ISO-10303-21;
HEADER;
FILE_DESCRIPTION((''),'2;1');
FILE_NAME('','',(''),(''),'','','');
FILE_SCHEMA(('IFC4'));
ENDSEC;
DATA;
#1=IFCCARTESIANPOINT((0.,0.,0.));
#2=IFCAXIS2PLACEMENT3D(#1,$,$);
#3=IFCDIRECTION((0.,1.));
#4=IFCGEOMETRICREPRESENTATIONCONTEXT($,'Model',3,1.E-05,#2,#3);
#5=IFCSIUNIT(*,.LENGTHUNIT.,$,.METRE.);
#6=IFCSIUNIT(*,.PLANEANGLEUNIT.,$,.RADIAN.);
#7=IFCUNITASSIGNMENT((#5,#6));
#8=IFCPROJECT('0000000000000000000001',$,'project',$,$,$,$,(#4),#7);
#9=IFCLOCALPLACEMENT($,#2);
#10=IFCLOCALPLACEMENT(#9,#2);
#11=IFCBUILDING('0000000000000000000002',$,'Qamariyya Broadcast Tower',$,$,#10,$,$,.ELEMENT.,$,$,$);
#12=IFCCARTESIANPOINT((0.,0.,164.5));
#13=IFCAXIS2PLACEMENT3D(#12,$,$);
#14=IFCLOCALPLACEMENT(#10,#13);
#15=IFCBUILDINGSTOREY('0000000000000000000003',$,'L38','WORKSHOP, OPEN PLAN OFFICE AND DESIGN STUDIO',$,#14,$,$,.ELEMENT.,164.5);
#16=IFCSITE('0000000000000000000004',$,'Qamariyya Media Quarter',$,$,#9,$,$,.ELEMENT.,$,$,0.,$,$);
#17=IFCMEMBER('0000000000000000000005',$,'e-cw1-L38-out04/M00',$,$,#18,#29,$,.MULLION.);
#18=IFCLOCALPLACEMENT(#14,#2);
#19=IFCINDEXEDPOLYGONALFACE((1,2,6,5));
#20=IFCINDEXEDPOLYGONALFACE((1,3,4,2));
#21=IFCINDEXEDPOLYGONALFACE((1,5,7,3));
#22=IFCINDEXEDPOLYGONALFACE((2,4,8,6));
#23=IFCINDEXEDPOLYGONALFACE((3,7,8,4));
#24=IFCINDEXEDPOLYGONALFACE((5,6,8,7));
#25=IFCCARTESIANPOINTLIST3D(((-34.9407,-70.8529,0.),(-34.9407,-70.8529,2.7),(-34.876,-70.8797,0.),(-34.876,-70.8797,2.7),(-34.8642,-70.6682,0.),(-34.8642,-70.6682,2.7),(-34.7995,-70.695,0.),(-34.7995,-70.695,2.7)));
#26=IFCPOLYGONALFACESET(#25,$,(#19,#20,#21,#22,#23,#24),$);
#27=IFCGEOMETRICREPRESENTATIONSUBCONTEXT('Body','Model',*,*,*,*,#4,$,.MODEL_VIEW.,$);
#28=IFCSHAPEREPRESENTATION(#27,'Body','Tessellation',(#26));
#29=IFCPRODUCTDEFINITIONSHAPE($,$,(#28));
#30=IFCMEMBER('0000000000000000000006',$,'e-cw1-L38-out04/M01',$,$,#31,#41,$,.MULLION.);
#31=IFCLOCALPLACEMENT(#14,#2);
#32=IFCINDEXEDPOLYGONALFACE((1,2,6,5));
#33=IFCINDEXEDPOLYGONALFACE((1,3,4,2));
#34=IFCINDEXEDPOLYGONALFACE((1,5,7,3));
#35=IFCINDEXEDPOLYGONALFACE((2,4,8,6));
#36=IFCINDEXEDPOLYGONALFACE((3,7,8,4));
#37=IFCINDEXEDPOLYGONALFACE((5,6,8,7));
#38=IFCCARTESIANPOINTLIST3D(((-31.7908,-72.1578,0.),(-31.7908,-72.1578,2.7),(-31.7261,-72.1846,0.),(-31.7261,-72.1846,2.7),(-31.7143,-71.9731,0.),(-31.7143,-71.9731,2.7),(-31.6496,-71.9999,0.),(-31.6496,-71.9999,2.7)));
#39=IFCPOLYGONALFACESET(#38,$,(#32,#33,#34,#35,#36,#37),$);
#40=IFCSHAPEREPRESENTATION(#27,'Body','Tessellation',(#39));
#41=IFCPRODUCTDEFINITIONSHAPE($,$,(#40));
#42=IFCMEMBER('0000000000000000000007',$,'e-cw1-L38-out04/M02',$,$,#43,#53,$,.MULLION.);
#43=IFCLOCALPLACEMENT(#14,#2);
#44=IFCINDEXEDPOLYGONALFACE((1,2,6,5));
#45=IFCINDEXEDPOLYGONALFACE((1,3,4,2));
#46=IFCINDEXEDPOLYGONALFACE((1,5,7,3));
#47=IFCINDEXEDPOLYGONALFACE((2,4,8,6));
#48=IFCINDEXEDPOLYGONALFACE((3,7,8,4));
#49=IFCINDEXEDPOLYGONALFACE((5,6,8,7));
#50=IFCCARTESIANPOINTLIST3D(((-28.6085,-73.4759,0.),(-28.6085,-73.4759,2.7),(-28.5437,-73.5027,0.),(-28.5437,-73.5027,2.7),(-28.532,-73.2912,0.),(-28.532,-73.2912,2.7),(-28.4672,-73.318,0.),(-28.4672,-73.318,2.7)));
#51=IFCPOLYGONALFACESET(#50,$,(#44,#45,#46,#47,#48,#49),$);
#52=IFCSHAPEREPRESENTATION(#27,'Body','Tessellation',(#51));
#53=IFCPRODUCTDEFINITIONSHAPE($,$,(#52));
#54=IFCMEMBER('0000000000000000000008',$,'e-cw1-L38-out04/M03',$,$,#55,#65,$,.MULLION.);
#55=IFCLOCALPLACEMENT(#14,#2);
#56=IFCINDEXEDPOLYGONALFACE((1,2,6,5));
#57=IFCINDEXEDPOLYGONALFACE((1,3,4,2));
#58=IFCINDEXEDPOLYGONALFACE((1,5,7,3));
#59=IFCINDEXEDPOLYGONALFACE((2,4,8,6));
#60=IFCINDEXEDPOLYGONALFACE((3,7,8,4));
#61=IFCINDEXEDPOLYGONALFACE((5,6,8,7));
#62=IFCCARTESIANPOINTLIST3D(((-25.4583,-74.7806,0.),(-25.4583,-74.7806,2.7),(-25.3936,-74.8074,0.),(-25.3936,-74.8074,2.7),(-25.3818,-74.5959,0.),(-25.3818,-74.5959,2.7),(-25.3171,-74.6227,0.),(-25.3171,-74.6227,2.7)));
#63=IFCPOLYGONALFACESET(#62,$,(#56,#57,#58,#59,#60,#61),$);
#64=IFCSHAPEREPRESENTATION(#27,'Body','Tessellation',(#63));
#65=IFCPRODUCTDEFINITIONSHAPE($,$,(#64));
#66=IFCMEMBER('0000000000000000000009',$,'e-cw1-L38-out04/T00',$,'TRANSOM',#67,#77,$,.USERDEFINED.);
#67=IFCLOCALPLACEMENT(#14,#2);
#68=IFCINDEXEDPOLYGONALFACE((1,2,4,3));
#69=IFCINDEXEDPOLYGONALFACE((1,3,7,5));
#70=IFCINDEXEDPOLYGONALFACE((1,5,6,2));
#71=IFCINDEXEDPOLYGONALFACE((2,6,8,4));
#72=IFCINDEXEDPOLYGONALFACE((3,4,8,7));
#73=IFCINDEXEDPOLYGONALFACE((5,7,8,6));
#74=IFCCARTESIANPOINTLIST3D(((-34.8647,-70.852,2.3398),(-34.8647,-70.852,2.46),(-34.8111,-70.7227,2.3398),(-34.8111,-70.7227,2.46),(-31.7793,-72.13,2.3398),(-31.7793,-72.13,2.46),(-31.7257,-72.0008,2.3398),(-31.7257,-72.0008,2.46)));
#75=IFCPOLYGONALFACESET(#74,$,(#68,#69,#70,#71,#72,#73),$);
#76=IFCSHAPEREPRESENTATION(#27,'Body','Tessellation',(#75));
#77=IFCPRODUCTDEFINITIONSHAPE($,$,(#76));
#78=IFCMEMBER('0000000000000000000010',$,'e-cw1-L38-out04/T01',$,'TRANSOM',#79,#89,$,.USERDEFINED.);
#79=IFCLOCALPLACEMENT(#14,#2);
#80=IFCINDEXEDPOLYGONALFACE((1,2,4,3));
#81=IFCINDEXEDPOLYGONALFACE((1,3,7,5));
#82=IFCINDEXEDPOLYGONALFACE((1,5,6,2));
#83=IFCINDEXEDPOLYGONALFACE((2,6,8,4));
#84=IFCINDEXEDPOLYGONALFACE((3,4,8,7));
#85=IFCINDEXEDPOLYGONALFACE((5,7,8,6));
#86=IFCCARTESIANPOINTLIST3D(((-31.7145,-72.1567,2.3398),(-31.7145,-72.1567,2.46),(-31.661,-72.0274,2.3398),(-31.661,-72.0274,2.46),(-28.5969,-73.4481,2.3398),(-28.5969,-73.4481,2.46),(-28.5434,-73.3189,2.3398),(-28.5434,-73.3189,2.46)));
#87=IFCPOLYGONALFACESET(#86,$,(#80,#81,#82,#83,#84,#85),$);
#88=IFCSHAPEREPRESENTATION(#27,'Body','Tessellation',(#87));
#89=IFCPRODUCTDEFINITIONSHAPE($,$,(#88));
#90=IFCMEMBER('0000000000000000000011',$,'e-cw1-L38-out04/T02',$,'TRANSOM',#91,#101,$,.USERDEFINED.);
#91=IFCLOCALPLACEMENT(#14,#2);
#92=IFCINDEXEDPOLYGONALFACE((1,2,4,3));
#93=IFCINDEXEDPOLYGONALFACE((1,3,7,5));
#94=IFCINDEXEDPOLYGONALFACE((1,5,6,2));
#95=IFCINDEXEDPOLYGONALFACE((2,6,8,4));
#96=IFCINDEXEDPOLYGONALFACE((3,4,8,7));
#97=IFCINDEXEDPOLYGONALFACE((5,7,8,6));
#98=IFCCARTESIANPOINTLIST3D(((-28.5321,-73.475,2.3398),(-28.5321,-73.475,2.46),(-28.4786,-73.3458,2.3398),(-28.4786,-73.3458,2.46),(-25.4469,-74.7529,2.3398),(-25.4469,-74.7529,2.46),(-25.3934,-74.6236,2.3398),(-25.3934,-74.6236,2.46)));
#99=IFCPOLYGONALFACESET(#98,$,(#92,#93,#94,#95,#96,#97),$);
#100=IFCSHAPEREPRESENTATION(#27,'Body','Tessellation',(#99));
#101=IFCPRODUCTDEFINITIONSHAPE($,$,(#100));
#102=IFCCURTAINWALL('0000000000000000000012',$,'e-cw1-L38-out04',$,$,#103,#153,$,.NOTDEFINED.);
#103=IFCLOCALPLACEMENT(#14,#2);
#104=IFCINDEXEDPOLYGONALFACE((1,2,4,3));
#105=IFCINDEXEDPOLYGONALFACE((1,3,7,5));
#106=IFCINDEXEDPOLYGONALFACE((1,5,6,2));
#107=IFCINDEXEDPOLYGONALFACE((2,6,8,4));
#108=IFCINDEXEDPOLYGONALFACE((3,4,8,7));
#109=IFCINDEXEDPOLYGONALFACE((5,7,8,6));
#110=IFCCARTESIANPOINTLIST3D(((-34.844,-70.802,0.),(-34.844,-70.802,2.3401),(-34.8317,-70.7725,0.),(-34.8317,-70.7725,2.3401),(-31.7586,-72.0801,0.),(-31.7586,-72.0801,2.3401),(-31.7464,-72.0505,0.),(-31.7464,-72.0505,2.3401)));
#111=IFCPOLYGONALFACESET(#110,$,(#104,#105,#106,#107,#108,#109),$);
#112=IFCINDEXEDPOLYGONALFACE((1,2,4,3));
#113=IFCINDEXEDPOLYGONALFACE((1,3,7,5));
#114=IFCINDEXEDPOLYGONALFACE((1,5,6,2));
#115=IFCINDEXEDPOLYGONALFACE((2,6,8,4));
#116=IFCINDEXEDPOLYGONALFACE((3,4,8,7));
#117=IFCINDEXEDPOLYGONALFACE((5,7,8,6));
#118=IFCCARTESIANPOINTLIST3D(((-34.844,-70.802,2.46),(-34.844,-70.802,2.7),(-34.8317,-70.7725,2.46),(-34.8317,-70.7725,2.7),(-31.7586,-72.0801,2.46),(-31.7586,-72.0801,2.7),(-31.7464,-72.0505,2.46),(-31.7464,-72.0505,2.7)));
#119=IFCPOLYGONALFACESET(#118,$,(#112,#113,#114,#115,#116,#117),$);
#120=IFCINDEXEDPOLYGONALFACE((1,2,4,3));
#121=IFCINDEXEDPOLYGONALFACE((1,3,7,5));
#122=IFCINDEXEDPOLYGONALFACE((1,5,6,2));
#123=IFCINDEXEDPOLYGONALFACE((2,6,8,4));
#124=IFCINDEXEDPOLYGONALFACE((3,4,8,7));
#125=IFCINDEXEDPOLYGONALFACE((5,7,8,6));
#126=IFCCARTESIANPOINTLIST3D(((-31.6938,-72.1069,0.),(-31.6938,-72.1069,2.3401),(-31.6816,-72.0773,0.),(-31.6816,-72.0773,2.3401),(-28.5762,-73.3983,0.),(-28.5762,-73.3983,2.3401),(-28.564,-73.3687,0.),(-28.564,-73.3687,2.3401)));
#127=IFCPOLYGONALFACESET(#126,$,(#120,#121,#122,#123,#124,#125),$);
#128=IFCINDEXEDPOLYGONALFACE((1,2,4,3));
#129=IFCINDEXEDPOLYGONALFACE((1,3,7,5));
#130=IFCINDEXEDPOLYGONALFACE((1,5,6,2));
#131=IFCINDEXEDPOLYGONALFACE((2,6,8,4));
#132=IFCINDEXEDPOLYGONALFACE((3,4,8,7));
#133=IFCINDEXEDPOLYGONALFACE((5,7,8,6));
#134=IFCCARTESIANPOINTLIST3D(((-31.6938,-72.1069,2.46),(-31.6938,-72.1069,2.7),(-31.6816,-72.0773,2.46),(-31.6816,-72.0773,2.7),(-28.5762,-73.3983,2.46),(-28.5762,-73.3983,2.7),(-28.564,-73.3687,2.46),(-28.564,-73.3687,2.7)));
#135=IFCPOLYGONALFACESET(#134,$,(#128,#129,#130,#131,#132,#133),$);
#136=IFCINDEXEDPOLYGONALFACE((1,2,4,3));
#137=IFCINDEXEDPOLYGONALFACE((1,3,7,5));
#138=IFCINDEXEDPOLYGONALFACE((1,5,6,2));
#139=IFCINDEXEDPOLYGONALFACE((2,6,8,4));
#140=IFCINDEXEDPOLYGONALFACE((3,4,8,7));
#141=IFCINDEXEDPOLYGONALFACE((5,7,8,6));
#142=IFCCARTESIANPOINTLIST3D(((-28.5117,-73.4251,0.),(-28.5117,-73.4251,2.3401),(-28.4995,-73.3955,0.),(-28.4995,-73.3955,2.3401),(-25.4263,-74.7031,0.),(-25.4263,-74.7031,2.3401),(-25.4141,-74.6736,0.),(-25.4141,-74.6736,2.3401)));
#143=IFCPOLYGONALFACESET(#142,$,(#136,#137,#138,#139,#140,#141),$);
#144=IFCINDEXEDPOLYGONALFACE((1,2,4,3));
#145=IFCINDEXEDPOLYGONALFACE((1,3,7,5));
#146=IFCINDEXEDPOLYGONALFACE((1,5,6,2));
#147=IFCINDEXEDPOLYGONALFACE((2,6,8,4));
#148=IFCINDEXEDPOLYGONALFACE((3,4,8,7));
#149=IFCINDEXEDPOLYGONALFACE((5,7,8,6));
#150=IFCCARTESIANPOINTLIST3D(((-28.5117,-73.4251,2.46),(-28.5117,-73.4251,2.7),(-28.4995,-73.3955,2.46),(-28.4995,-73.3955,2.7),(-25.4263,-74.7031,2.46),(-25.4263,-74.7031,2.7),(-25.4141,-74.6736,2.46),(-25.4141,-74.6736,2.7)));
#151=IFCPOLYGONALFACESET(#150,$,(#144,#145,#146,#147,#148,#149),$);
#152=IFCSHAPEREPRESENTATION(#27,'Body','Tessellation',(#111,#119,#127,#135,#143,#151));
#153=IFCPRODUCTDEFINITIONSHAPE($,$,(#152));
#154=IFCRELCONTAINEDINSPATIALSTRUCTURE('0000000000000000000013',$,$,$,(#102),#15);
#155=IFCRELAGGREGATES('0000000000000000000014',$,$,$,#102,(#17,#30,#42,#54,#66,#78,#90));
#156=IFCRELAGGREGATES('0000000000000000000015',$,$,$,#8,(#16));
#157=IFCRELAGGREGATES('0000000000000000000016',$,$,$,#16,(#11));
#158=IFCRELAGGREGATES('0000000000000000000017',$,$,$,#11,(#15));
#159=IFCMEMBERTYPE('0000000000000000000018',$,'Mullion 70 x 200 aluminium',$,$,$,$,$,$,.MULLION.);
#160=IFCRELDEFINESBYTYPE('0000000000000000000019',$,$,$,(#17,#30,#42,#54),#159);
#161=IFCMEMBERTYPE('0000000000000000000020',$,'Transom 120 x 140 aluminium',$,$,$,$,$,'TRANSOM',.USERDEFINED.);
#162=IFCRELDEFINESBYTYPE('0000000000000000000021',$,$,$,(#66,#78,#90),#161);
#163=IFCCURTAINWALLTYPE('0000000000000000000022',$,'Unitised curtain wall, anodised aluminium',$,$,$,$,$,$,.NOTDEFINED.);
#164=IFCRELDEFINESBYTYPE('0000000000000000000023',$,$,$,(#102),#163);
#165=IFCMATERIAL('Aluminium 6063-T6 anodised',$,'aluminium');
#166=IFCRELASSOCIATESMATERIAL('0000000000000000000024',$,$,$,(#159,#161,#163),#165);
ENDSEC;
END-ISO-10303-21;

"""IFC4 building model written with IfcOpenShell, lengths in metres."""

from ifc_helpers import new_model, si_unit, direction, frame, origin, origin_2d, place, context, subcontext, project, spatial, rectangle, extrude, material, material_profile, profile_set, type_object, element, aggregate, save


model = new_model("IFC4")

# Units and contexts
model_context = context("Model", 3, precision=1e-05, world=origin(), true_north=direction((0.0, 1.0)))
body_context = subcontext(model_context, "Body", "Model", "MODEL_VIEW")
ifc_project = project(units=[si_unit("LENGTHUNIT", "METRE"), si_unit("PLANEANGLEUNIT", "RADIAN")], contexts=[model_context])

# Members
ifc_material = material(Name="Aluminium 6063-T6 anodised", Category="aluminium")
ifc_material_profile_1 = material_profile(ifc_material, rectangle(XDim=0.2, YDim=0.0701, at=origin_2d()))
ifc_profile_set_1 = profile_set([ifc_material_profile_1], Name="Aluminium 6063-T6 anodised")
member_type_1 = type_object("IfcMemberType", Name="Mullion 70 x 200 aluminium", PredefinedType="MULLION", material=ifc_profile_set_1)
site_placement = place(None, origin())
building_placement = place(site_placement, origin())
storey_placement = place(building_placement, frame((0.0, 0.0, 164.5)))
member_1_placement = place(storey_placement, frame((-34.8701, -70.7739, 0.0), z_axis=(0.0, 0.0, 1.0), x_axis=(0.382683, 0.92388, 0.0)))
member_1 = element("IfcMember", 1, at=member_1_placement, type_object=member_type_1, Name="e-cw1-L38-out04/M00", PredefinedType="MULLION", context=body_context, shape_type="SweptSolid", body=[
    extrude(rectangle(XDim=0.2, YDim=0.0701, at=origin_2d()), origin(), (0.0, 0.0, 1.0), 2.7),
])
member_2_placement = place(storey_placement, frame((-31.7202, -72.0789, 0.0), z_axis=(0.0, 0.0, 1.0), x_axis=(0.382683, 0.92388, 0.0)))
member_2 = element("IfcMember", 2, at=member_2_placement, type_object=member_type_1, Name="e-cw1-L38-out04/M01", PredefinedType="MULLION", context=body_context, shape_type="SweptSolid", body=[
    extrude(rectangle(XDim=0.2, YDim=0.0701, at=origin_2d()), origin(), (0.0, 0.0, 1.0), 2.7),
])
member_3_placement = place(storey_placement, frame((-28.5378, -73.397, 0.0), z_axis=(0.0, 0.0, 1.0), x_axis=(0.382683, 0.92388, 0.0)))
member_3 = element("IfcMember", 3, at=member_3_placement, type_object=member_type_1, Name="e-cw1-L38-out04/M02", PredefinedType="MULLION", context=body_context, shape_type="SweptSolid", body=[
    extrude(rectangle(XDim=0.2, YDim=0.0701, at=origin_2d()), origin(), (0.0, 0.0, 1.0), 2.7),
])
member_4_placement = place(storey_placement, frame((-25.3877, -74.7017, 0.0), z_axis=(0.0, 0.0, 1.0), x_axis=(0.382683, 0.92388, 0.0)))
member_4 = element("IfcMember", 4, at=member_4_placement, type_object=member_type_1, Name="e-cw1-L38-out04/M03", PredefinedType="MULLION", context=body_context, shape_type="SweptSolid", body=[
    extrude(rectangle(XDim=0.2, YDim=0.0701, at=origin_2d()), origin(), (0.0, 0.0, 1.0), 2.7),
])
ifc_material_profile_2 = material_profile(ifc_material, rectangle(XDim=0.1399, YDim=0.1201, at=origin_2d()))
ifc_profile_set_2 = profile_set([ifc_material_profile_2], Name="Aluminium 6063-T6 anodised")
member_type_2 = type_object("IfcMemberType", Name="Transom 120 x 140 aluminium", ElementType="TRANSOM", PredefinedType="USERDEFINED", material=ifc_profile_set_2)
member_5_placement = place(storey_placement, frame((-34.8379, -70.7874, 2.3999), z_axis=(0.923875, -0.382694, 0.0), x_axis=(0.382694, 0.923875, 0.0)))
member_5 = element("IfcMember", 5, at=member_5_placement, type_object=member_type_2, Name="e-cw1-L38-out04/T00", ObjectType="TRANSOM", PredefinedType="USERDEFINED", context=body_context, shape_type="SweptSolid", body=[
    extrude(rectangle(XDim=0.1399, YDim=0.1201, at=origin_2d()), origin(), (0.0, 0.0, 1.0), 3.3396),
])
member_6_placement = place(storey_placement, frame((-31.6877, -72.092, 2.3999), z_axis=(0.923867, -0.382714, 0.0), x_axis=(0.382714, 0.923867, 0.0)))
member_6 = element("IfcMember", 6, at=member_6_placement, type_object=member_type_2, Name="e-cw1-L38-out04/T01", ObjectType="TRANSOM", PredefinedType="USERDEFINED", context=body_context, shape_type="SweptSolid", body=[
    extrude(rectangle(XDim=0.1399, YDim=0.1201, at=origin_2d()), origin(), (0.0, 0.0, 1.0), 3.3745),
])
member_7_placement = place(storey_placement, frame((-28.5054, -73.4104, 2.3999), z_axis=(0.92389, -0.382657, 0.0), x_axis=(0.382657, 0.92389, 0.0)))
member_7 = element("IfcMember", 7, at=member_7_placement, type_object=member_type_2, Name="e-cw1-L38-out04/T02", ObjectType="TRANSOM", PredefinedType="USERDEFINED", context=body_context, shape_type="SweptSolid", body=[
    extrude(rectangle(XDim=0.1399, YDim=0.1201, at=origin_2d()), origin(), (0.0, 0.0, 1.0), 3.3394),
])

# Site, building, storey
site = spatial("IfcSite", under=ifc_project, at=site_placement, Name="Qamariyya Media Quarter", CompositionType="ELEMENT", RefElevation=0.0)
building = spatial("IfcBuilding", under=site, at=building_placement, Name="Qamariyya Broadcast Tower", CompositionType="ELEMENT")
storey = spatial("IfcBuildingStorey", under=building, at=storey_placement, Name="L38", Description="WORKSHOP, OPEN PLAN OFFICE AND DESIGN STUDIO", CompositionType="ELEMENT", Elevation=164.5)

# Curtain wall
curtain_wall_type = type_object("IfcCurtainWallType", Name="Unitised curtain wall, anodised aluminium", PredefinedType="NOTDEFINED", material=ifc_material)
curtain_wall_1_placement = place(storey_placement, origin())
curtain_wall_1 = element("IfcCurtainWall", 8, at=curtain_wall_1_placement, inside=storey, type_object=curtain_wall_type, Name="e-cw1-L38-out04", PredefinedType="NOTDEFINED", context=body_context, shape_type="SweptSolid", body=[
    extrude(rectangle(XDim=3.3396, YDim=0.032, at=origin_2d()), frame((-33.2952, -71.4263, 0.0), x_axis=(0.923878, -0.382687, 0.0)), (0.0, 0.0, 1.0), 2.3401),
    extrude(rectangle(XDim=3.3396, YDim=0.032, at=origin_2d()), frame((-33.2952, -71.4263, 2.46), x_axis=(0.923878, -0.382687, 0.0)), (0.0, 0.0, 1.0), 0.24),
    extrude(rectangle(XDim=3.3745, YDim=0.032, at=origin_2d()), frame((-30.1289, -72.7378, 0.0), x_axis=(0.923878, -0.382687, 0.0)), (0.0, 0.0, 1.0), 2.3401),
    extrude(rectangle(XDim=3.3745, YDim=0.032, at=origin_2d()), frame((-30.1289, -72.7378, 2.46), x_axis=(0.923878, -0.382687, 0.0)), (0.0, 0.0, 1.0), 0.24),
    extrude(rectangle(XDim=3.3396, YDim=0.032, at=origin_2d()), frame((-26.9629, -74.0493, 0.0), x_axis=(0.923878, -0.382687, 0.0)), (0.0, 0.0, 1.0), 2.3401),
    extrude(rectangle(XDim=3.3396, YDim=0.032, at=origin_2d()), frame((-26.9629, -74.0493, 2.46), x_axis=(0.923878, -0.382687, 0.0)), (0.0, 0.0, 1.0), 0.24),
])
aggregate(curtain_wall_1, [member_1, member_2, member_3, member_4, member_5, member_6, member_7])

save(model, "model.ifc")
